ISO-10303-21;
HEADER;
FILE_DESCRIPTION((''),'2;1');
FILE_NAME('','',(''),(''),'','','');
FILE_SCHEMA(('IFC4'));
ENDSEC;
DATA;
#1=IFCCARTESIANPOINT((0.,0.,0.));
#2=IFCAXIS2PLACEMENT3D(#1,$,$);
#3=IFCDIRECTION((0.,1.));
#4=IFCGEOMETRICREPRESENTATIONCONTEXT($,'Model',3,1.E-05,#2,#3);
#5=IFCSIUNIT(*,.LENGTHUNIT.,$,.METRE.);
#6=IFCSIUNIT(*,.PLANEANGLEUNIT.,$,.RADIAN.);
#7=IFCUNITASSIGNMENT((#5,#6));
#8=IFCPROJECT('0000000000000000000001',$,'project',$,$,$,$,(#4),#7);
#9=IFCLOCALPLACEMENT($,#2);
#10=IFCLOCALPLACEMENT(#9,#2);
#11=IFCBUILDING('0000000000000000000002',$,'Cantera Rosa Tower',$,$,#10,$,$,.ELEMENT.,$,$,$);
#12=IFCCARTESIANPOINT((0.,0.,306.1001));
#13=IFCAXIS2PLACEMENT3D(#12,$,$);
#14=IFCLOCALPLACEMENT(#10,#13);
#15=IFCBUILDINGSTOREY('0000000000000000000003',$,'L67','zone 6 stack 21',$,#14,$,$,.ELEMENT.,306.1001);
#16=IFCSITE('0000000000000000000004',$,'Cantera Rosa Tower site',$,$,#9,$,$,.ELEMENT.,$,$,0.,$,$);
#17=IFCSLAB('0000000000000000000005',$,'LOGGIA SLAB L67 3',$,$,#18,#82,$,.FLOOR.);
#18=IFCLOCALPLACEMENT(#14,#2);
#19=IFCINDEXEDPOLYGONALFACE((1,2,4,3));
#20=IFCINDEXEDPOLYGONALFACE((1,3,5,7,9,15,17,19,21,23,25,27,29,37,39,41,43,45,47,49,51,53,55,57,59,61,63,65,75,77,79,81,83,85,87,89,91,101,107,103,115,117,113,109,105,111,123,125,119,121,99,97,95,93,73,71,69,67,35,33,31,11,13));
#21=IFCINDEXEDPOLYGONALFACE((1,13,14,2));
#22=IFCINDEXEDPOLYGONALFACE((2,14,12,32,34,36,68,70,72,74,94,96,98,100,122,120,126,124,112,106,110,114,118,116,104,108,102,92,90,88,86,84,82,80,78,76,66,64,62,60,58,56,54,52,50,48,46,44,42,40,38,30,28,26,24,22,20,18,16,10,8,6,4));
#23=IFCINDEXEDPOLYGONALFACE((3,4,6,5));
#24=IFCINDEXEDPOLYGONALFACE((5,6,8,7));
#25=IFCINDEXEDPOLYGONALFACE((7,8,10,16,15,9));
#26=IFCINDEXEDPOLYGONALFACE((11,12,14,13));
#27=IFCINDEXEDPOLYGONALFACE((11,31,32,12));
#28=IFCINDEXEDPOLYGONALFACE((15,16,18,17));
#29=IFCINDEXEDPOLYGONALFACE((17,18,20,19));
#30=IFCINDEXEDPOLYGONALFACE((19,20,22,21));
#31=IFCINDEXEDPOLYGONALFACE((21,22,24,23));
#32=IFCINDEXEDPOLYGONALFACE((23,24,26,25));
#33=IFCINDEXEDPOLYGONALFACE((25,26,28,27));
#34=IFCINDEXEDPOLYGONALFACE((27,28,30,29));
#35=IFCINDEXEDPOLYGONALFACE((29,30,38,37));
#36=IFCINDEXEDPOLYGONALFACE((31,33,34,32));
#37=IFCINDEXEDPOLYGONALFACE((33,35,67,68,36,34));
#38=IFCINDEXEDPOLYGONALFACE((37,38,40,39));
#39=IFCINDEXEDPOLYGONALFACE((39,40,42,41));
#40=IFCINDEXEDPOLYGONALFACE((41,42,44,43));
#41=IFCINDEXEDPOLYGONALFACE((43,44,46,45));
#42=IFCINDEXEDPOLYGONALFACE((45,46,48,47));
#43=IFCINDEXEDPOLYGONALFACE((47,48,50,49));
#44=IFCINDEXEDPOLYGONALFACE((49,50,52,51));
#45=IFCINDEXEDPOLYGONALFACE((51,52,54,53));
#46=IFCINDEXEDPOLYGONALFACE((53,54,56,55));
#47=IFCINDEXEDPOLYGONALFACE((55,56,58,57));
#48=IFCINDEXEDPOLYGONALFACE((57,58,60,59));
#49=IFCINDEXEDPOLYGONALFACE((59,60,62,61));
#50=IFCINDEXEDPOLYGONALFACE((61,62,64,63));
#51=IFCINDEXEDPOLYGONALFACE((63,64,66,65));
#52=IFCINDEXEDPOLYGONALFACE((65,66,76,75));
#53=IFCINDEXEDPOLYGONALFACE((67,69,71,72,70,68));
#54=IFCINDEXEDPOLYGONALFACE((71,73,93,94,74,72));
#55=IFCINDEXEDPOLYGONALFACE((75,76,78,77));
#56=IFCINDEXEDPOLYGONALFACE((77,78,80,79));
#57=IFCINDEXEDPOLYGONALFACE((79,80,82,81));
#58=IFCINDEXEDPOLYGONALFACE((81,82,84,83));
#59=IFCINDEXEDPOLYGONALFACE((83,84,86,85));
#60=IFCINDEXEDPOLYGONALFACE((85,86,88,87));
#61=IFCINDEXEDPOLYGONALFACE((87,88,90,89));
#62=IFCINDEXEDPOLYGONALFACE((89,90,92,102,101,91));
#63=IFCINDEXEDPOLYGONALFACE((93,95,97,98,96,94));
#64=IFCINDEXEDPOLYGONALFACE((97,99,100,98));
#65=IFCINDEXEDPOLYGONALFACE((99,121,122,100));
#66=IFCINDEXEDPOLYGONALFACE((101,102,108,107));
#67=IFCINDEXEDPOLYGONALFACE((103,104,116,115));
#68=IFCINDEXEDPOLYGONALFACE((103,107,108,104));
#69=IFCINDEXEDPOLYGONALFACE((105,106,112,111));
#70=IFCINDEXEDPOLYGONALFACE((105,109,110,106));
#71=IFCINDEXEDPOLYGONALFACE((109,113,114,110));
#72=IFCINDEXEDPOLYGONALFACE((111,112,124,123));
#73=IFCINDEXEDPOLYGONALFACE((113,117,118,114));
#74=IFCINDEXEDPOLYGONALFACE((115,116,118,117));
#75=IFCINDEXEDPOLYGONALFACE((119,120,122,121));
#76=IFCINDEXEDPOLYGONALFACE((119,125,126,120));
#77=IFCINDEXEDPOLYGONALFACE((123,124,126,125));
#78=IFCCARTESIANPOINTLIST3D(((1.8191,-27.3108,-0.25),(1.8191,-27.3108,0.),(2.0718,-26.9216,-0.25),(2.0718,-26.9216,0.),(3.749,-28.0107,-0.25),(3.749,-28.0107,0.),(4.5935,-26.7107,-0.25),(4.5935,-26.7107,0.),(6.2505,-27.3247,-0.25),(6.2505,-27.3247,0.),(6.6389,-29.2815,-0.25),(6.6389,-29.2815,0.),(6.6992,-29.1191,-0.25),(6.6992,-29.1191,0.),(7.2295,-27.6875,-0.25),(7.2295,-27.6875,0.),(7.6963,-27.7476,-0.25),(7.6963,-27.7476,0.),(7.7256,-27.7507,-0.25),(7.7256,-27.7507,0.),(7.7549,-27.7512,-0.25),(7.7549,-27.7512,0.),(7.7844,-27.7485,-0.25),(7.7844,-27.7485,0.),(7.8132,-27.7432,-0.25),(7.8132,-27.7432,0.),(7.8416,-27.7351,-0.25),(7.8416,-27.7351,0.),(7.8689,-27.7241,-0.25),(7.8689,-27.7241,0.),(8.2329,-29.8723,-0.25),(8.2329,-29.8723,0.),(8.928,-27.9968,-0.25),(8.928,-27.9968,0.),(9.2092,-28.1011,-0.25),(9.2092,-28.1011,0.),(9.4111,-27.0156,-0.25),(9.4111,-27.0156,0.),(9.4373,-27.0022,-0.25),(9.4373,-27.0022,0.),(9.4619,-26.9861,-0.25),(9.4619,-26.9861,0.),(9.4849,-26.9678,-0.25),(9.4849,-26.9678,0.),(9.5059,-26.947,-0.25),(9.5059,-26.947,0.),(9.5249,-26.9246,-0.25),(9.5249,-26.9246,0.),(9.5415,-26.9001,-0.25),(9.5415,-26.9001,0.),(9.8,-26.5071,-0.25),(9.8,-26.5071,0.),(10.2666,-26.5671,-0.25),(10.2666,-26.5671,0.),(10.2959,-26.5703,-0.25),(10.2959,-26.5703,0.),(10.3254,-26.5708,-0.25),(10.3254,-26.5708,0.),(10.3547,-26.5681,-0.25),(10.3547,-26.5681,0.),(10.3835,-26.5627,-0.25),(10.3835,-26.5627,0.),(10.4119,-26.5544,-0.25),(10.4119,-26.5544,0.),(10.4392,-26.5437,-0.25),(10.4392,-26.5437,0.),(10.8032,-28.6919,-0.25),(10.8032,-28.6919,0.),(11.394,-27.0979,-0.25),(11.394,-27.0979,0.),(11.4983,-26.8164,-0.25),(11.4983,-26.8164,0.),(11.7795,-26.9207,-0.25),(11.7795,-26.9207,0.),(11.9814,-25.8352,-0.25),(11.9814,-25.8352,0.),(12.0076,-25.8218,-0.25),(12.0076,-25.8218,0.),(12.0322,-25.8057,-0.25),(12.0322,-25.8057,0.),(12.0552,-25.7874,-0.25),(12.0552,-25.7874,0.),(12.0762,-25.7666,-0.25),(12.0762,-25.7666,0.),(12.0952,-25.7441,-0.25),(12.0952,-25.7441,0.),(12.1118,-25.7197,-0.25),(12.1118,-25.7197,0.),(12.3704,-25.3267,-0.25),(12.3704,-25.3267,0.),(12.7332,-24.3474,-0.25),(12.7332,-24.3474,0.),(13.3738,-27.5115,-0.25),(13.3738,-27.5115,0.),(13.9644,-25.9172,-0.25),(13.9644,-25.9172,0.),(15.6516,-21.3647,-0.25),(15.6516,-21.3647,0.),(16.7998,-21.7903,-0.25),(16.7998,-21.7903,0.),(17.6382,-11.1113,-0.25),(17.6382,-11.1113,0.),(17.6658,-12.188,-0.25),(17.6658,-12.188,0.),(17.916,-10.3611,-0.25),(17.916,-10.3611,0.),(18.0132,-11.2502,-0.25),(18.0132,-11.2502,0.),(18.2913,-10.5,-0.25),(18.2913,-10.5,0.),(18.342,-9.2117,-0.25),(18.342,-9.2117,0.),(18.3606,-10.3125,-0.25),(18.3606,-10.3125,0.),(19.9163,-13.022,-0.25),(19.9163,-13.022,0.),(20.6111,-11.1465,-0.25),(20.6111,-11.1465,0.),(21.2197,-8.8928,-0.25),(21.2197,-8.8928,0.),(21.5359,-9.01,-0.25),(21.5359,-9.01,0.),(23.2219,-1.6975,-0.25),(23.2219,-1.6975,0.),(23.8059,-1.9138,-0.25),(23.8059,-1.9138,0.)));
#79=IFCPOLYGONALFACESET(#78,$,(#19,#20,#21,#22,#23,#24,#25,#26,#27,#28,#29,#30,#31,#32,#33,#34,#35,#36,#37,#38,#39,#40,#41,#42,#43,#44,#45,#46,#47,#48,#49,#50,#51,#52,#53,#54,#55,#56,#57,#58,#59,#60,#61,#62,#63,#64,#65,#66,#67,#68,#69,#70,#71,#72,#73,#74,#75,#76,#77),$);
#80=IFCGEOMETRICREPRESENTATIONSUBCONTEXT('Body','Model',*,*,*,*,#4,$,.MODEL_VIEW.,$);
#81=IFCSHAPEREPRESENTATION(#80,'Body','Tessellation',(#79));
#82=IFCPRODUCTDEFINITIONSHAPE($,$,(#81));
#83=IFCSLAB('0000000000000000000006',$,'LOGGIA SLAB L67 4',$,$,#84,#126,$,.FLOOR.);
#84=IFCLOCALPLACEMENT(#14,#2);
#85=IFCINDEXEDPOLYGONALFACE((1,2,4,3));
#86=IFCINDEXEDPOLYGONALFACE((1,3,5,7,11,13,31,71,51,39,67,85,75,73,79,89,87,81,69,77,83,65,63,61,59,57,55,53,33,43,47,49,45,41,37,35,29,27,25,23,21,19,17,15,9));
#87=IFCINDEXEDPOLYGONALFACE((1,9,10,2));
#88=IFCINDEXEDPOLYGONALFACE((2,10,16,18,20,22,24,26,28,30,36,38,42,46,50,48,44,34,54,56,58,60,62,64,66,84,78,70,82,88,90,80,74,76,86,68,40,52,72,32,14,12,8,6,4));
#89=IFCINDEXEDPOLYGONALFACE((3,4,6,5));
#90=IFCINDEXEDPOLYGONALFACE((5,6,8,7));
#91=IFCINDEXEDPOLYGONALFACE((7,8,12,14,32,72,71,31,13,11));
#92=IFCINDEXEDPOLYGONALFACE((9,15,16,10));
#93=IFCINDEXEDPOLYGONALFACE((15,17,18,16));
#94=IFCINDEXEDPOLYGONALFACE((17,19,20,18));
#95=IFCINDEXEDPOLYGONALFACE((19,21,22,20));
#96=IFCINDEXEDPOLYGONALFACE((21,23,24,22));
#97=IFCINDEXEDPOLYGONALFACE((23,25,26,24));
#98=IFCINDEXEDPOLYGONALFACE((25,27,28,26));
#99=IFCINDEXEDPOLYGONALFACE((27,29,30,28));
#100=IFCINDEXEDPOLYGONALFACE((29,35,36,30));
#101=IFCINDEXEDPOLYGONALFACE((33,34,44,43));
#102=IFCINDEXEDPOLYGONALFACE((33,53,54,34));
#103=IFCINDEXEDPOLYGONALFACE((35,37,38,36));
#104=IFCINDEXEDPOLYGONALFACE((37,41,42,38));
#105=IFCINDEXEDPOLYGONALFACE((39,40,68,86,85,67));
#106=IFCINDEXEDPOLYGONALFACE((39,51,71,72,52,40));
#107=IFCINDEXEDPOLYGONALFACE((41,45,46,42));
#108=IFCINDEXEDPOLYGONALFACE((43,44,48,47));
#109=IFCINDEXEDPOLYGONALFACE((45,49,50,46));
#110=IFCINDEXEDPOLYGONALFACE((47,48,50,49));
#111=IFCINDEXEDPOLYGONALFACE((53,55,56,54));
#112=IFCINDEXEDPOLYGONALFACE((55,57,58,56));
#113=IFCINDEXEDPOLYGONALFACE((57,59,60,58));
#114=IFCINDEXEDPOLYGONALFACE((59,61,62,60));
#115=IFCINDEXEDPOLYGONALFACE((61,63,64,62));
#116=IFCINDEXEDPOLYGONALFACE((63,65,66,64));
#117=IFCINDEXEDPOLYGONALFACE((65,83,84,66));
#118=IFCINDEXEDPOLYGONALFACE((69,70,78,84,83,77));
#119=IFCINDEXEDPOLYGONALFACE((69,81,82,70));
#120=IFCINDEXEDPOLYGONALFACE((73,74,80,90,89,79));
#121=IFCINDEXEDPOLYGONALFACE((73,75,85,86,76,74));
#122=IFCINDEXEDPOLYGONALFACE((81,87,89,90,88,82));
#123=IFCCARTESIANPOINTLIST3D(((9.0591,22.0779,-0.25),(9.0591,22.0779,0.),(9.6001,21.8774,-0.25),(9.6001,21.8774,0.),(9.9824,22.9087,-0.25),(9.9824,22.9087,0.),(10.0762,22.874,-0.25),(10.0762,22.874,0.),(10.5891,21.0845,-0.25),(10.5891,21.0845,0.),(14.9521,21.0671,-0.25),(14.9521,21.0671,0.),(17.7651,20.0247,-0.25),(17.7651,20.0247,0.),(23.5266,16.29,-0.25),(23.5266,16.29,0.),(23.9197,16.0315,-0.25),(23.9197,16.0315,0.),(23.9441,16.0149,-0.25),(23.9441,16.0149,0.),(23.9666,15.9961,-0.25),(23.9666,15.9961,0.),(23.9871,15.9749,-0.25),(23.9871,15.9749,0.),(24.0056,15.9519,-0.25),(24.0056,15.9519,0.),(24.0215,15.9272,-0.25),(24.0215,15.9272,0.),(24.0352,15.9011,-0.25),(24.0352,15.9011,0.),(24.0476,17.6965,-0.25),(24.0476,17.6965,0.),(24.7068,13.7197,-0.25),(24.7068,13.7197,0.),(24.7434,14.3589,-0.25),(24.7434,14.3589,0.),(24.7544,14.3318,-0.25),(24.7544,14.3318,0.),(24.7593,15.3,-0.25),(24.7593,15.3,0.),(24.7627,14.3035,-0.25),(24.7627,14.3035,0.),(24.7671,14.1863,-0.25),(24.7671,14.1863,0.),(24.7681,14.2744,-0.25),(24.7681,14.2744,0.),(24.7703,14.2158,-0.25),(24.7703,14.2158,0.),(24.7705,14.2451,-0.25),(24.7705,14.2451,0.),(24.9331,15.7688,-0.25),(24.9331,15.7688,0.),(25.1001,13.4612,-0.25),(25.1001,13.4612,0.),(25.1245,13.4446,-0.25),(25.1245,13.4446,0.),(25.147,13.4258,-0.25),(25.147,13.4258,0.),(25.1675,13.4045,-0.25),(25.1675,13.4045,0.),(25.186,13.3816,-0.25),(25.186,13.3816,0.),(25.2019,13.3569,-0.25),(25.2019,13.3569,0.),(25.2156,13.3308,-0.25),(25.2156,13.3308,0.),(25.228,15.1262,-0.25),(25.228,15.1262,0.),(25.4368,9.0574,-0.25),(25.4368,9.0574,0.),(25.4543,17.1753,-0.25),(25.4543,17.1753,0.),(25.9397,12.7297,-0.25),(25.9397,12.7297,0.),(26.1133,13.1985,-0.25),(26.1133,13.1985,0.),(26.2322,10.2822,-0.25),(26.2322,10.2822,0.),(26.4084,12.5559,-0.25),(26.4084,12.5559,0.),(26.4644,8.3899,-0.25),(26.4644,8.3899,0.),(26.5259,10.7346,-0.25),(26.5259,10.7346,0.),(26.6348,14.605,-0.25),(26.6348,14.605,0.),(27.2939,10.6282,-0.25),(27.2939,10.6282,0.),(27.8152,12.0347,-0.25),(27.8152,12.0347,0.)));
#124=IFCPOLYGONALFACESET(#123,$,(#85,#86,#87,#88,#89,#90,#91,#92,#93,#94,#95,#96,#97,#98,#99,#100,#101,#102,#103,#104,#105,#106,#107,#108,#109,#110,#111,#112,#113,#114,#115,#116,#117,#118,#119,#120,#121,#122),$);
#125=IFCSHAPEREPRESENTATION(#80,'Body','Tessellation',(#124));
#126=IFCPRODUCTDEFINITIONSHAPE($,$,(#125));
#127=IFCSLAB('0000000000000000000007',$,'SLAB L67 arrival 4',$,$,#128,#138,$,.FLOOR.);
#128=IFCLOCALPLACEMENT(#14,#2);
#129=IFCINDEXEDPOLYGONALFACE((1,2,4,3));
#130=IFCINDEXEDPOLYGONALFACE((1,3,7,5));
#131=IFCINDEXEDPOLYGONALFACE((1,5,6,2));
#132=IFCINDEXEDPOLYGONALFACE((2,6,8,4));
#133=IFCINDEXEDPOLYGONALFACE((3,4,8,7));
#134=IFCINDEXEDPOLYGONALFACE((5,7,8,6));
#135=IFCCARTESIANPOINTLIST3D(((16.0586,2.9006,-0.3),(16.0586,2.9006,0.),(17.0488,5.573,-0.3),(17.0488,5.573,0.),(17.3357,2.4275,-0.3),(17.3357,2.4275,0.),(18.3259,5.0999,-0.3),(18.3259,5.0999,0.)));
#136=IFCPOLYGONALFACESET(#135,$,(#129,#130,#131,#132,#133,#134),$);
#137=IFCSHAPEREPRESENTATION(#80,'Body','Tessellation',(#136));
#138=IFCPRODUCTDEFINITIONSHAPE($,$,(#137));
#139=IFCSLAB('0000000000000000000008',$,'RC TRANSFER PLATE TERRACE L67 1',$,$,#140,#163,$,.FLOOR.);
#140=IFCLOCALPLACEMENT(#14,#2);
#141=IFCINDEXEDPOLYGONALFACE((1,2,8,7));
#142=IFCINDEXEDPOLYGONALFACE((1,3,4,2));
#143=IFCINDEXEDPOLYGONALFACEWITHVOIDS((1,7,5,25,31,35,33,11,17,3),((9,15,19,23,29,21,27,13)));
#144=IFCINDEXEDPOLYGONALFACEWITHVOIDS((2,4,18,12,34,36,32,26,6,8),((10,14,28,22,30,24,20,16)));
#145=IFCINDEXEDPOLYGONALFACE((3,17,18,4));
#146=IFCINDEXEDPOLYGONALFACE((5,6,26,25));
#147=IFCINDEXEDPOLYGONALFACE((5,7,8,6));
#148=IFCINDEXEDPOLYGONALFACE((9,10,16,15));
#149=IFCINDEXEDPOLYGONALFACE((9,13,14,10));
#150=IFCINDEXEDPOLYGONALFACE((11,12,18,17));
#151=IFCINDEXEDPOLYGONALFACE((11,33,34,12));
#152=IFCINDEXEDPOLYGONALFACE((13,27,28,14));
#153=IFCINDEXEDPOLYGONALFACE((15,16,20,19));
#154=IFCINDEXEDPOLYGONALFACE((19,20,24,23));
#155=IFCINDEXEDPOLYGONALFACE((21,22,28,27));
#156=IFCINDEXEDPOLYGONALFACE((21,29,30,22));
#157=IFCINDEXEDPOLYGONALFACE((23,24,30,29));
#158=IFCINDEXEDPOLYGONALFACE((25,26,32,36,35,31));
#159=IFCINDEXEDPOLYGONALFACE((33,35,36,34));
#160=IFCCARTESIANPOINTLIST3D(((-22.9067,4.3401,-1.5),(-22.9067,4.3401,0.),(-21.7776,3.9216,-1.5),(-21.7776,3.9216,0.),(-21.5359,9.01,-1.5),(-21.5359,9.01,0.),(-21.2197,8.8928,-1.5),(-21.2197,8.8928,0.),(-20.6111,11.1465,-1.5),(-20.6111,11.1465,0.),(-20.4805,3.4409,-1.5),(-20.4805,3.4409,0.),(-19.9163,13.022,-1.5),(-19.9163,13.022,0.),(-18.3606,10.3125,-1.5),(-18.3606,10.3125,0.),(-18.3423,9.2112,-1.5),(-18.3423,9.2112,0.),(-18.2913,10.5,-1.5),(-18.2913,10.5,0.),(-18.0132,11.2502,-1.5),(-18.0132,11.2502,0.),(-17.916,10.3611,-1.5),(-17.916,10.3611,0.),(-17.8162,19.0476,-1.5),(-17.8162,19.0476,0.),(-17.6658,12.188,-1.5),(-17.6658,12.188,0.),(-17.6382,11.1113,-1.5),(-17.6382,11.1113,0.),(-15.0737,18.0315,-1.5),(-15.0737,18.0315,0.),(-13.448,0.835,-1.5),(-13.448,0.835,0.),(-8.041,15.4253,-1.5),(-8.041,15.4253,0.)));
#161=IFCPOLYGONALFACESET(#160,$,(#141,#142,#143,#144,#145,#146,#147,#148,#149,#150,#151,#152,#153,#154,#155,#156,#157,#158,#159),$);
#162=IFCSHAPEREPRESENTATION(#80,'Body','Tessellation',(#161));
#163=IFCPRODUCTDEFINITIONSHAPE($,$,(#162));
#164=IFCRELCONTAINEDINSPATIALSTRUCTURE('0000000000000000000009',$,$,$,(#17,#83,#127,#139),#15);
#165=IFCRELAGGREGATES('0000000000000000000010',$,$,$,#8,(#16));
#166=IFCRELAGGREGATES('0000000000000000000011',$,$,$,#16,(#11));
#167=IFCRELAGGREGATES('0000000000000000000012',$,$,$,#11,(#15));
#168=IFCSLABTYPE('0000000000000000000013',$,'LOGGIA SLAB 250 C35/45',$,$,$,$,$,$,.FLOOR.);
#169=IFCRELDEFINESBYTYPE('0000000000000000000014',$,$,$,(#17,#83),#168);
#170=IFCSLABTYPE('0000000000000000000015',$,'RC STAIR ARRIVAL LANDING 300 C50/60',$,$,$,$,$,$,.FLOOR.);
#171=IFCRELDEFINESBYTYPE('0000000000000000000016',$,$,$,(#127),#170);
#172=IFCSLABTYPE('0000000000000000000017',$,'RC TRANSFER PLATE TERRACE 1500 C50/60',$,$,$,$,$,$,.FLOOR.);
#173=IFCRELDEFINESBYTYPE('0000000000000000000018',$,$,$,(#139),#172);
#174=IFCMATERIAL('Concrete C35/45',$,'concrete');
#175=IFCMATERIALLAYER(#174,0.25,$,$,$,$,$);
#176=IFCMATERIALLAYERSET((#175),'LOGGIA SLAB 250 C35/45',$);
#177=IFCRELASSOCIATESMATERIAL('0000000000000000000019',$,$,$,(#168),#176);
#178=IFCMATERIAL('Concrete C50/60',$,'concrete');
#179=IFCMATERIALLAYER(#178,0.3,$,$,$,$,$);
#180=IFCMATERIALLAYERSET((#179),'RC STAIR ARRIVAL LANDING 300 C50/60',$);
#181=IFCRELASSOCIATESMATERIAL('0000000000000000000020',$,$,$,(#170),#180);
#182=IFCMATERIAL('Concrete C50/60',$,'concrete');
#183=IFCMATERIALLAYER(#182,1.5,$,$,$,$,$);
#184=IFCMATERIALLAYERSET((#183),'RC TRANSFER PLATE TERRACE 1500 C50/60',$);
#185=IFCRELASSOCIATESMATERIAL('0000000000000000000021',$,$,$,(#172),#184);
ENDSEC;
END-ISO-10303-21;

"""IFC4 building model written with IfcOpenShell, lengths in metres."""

from ifc_helpers import new_model, si_unit, direction, frame, origin, place, context, subcontext, project, spatial, polyline, outline, extrude, material, layer, layer_set, type_object, element, save


model = new_model("IFC4")

# Units and contexts
model_context = context("Model", 3, precision=1e-05, world=origin(), true_north=direction((0.0, 1.0)))
body_context = subcontext(model_context, "Body", "Model", "MODEL_VIEW")
ifc_project = project(units=[si_unit("LENGTHUNIT", "METRE"), si_unit("PLANEANGLEUNIT", "RADIAN")], contexts=[model_context])

# Site, building, storey
site_placement = place(None, origin())
site = spatial("IfcSite", under=ifc_project, at=site_placement, Name="Cantera Rosa Tower site", CompositionType="ELEMENT", RefElevation=0.0)
building_placement = place(site_placement, origin())
building = spatial("IfcBuilding", under=site, at=building_placement, Name="Cantera Rosa Tower", CompositionType="ELEMENT")
storey_placement = place(building_placement, frame((0.0, 0.0, 306.1001)))
storey = spatial("IfcBuildingStorey", under=building, at=storey_placement, Name="L67", Description="zone 6 stack 21", CompositionType="ELEMENT", Elevation=306.1001)

# Slabs
ifc_material_1 = material(Name="Concrete C35/45", Category="concrete")
ifc_layer_1 = layer(ifc_material_1, 0.25)
ifc_layer_set_1 = layer_set([ifc_layer_1], Name="LOGGIA SLAB 250 C35/45")
slab_type_1 = type_object("IfcSlabType", Name="LOGGIA SLAB 250 C35/45", PredefinedType="FLOOR", material=ifc_layer_set_1)
slab_1_placement = place(storey_placement, frame((0.0, 0.0, -0.25)))
element("IfcSlab", 1, at=slab_1_placement, inside=storey, type_object=slab_type_1, Name="LOGGIA SLAB L67 3", PredefinedType="FLOOR", context=body_context, shape_type="SweptSolid", body=[
    extrude(outline(polyline([(11.7795, -26.9207), (11.4983, -26.8164), (11.394, -27.0979), (10.8032, -28.6919), (9.2092, -28.1011), (8.928, -27.9968), (8.2329, -29.8723), (6.6389, -29.2815), (6.6992, -29.1191), (1.8191, -27.3108), (2.0718, -26.9216), (3.749, -28.0107), (4.5935, -26.7107), (6.2505, -27.3247), (7.2295, -27.6875), (7.6963, -27.7476), (7.7256, -27.7507), (7.7549, -27.7512), (7.7844, -27.7485), (7.8132, -27.7432), (7.8416, -27.7351), (7.8689, -27.7241), (9.4111, -27.0156), (9.4373, -27.0022), (9.4619, -26.9861), (9.4849, -26.9678), (9.5059, -26.947), (9.5249, -26.9246), (9.5415, -26.9001), (9.8, -26.5071), (10.2666, -26.5671), (10.2959, -26.5703), (10.3254, -26.5708), (10.3547, -26.5681), (10.3835, -26.5627), (10.4119, -26.5544), (10.4392, -26.5437), (11.9814, -25.8352), (12.0076, -25.8218), (12.0322, -25.8057), (12.0552, -25.7874), (12.0762, -25.7666), (12.0952, -25.7441), (12.1118, -25.7197), (12.3704, -25.3267), (12.7332, -24.3474), (17.6382, -11.1113), (18.0132, -11.2502), (17.6658, -12.188), (19.9163, -13.022), (20.6111, -11.1465), (18.3606, -10.3125), (18.2913, -10.5), (17.916, -10.3611), (18.342, -9.2117), (23.2219, -1.6975), (23.8059, -1.9138), (21.2197, -8.8928), (21.5359, -9.01), (16.7998, -21.7903), (15.6516, -21.3647), (13.9644, -25.9172), (13.3738, -27.5115), (11.7795, -26.9207)])), origin(), (0.0, 0.0, 1.0), 0.25),
])
slab_2_placement = place(storey_placement, frame((0.0, 0.0, -0.25)))
element("IfcSlab", 2, at=slab_2_placement, inside=storey, type_object=slab_type_1, Name="LOGGIA SLAB L67 4", PredefinedType="FLOOR", context=body_context, shape_type="SweptSolid", body=[
    extrude(outline(polyline([(24.7593, 15.3), (25.228, 15.1262), (26.6348, 14.605), (26.1133, 13.1985), (25.9397, 12.7297), (26.4084, 12.5559), (27.8152, 12.0347), (27.2939, 10.6282), (26.4644, 8.3899), (25.4368, 9.0574), (26.2322, 10.2822), (26.5259, 10.7346), (25.2156, 13.3308), (25.2019, 13.3569), (25.186, 13.3816), (25.1675, 13.4045), (25.147, 13.4258), (25.1245, 13.4446), (25.1001, 13.4612), (24.7068, 13.7197), (24.7671, 14.1863), (24.7703, 14.2158), (24.7705, 14.2451), (24.7681, 14.2744), (24.7627, 14.3035), (24.7544, 14.3318), (24.7434, 14.3589), (24.0352, 15.9011), (24.0215, 15.9272), (24.0056, 15.9519), (23.9871, 15.9749), (23.9666, 15.9961), (23.9441, 16.0149), (23.9197, 16.0315), (23.5266, 16.29), (10.5891, 21.0845), (9.0591, 22.0779), (9.6001, 21.8774), (9.9824, 22.9087), (10.0762, 22.874), (14.9521, 21.0671), (17.7651, 20.0247), (24.0476, 17.6965), (25.4543, 17.1753), (24.9331, 15.7688), (24.7593, 15.3)])), origin(), (0.0, 0.0, 1.0), 0.25),
])
ifc_material_2 = material(Name="Concrete C50/60", Category="concrete")
ifc_layer_2 = layer(ifc_material_2, 0.3)
ifc_layer_set_2 = layer_set([ifc_layer_2], Name="RC STAIR ARRIVAL LANDING 300 C50/60")
slab_type_2 = type_object("IfcSlabType", Name="RC STAIR ARRIVAL LANDING 300 C50/60", PredefinedType="FLOOR", material=ifc_layer_set_2)
slab_3_placement = place(storey_placement, frame((0.0, 0.0, -0.3)))
element("IfcSlab", 3, at=slab_3_placement, inside=storey, type_object=slab_type_2, Name="SLAB L67 arrival 4", PredefinedType="FLOOR", context=body_context, shape_type="SweptSolid", body=[
    extrude(outline(polyline([(17.0488, 5.573), (18.3259, 5.0999), (17.3357, 2.4275), (16.0586, 2.9006), (17.0488, 5.573)])), origin(), (0.0, 0.0, 1.0), 0.3),
])
ifc_material_3 = material(Name="Concrete C50/60", Category="concrete")
ifc_layer_3 = layer(ifc_material_3, 1.5)
ifc_layer_set_3 = layer_set([ifc_layer_3], Name="RC TRANSFER PLATE TERRACE 1500 C50/60")
slab_type_3 = type_object("IfcSlabType", Name="RC TRANSFER PLATE TERRACE 1500 C50/60", PredefinedType="FLOOR", material=ifc_layer_set_3)
slab_4_placement = place(storey_placement, frame((0.0, 0.0, -1.5)))
element("IfcSlab", 4, at=slab_4_placement, inside=storey, type_object=slab_type_3, Name="RC TRANSFER PLATE TERRACE L67 1", PredefinedType="FLOOR", context=body_context, shape_type="SweptSolid", body=[
    extrude(outline(polyline([(-20.4805, 3.4409), (-18.3423, 9.2112), (-21.7776, 3.9216), (-22.9067, 4.3401), (-21.2197, 8.8928), (-21.5359, 9.01), (-17.8162, 19.0476), (-15.0737, 18.0315), (-8.041, 15.4253), (-13.448, 0.835), (-20.4805, 3.4409)]), holes=[polyline([(-17.6658, 12.188), (-19.9163, 13.022), (-20.6111, 11.1465), (-18.3606, 10.3125), (-18.2913, 10.5), (-17.916, 10.3611), (-17.6382, 11.1113), (-18.0132, 11.2502), (-17.6658, 12.188)])]), origin(), (0.0, 0.0, 1.0), 1.5),
])

save(model, "model.ifc")
